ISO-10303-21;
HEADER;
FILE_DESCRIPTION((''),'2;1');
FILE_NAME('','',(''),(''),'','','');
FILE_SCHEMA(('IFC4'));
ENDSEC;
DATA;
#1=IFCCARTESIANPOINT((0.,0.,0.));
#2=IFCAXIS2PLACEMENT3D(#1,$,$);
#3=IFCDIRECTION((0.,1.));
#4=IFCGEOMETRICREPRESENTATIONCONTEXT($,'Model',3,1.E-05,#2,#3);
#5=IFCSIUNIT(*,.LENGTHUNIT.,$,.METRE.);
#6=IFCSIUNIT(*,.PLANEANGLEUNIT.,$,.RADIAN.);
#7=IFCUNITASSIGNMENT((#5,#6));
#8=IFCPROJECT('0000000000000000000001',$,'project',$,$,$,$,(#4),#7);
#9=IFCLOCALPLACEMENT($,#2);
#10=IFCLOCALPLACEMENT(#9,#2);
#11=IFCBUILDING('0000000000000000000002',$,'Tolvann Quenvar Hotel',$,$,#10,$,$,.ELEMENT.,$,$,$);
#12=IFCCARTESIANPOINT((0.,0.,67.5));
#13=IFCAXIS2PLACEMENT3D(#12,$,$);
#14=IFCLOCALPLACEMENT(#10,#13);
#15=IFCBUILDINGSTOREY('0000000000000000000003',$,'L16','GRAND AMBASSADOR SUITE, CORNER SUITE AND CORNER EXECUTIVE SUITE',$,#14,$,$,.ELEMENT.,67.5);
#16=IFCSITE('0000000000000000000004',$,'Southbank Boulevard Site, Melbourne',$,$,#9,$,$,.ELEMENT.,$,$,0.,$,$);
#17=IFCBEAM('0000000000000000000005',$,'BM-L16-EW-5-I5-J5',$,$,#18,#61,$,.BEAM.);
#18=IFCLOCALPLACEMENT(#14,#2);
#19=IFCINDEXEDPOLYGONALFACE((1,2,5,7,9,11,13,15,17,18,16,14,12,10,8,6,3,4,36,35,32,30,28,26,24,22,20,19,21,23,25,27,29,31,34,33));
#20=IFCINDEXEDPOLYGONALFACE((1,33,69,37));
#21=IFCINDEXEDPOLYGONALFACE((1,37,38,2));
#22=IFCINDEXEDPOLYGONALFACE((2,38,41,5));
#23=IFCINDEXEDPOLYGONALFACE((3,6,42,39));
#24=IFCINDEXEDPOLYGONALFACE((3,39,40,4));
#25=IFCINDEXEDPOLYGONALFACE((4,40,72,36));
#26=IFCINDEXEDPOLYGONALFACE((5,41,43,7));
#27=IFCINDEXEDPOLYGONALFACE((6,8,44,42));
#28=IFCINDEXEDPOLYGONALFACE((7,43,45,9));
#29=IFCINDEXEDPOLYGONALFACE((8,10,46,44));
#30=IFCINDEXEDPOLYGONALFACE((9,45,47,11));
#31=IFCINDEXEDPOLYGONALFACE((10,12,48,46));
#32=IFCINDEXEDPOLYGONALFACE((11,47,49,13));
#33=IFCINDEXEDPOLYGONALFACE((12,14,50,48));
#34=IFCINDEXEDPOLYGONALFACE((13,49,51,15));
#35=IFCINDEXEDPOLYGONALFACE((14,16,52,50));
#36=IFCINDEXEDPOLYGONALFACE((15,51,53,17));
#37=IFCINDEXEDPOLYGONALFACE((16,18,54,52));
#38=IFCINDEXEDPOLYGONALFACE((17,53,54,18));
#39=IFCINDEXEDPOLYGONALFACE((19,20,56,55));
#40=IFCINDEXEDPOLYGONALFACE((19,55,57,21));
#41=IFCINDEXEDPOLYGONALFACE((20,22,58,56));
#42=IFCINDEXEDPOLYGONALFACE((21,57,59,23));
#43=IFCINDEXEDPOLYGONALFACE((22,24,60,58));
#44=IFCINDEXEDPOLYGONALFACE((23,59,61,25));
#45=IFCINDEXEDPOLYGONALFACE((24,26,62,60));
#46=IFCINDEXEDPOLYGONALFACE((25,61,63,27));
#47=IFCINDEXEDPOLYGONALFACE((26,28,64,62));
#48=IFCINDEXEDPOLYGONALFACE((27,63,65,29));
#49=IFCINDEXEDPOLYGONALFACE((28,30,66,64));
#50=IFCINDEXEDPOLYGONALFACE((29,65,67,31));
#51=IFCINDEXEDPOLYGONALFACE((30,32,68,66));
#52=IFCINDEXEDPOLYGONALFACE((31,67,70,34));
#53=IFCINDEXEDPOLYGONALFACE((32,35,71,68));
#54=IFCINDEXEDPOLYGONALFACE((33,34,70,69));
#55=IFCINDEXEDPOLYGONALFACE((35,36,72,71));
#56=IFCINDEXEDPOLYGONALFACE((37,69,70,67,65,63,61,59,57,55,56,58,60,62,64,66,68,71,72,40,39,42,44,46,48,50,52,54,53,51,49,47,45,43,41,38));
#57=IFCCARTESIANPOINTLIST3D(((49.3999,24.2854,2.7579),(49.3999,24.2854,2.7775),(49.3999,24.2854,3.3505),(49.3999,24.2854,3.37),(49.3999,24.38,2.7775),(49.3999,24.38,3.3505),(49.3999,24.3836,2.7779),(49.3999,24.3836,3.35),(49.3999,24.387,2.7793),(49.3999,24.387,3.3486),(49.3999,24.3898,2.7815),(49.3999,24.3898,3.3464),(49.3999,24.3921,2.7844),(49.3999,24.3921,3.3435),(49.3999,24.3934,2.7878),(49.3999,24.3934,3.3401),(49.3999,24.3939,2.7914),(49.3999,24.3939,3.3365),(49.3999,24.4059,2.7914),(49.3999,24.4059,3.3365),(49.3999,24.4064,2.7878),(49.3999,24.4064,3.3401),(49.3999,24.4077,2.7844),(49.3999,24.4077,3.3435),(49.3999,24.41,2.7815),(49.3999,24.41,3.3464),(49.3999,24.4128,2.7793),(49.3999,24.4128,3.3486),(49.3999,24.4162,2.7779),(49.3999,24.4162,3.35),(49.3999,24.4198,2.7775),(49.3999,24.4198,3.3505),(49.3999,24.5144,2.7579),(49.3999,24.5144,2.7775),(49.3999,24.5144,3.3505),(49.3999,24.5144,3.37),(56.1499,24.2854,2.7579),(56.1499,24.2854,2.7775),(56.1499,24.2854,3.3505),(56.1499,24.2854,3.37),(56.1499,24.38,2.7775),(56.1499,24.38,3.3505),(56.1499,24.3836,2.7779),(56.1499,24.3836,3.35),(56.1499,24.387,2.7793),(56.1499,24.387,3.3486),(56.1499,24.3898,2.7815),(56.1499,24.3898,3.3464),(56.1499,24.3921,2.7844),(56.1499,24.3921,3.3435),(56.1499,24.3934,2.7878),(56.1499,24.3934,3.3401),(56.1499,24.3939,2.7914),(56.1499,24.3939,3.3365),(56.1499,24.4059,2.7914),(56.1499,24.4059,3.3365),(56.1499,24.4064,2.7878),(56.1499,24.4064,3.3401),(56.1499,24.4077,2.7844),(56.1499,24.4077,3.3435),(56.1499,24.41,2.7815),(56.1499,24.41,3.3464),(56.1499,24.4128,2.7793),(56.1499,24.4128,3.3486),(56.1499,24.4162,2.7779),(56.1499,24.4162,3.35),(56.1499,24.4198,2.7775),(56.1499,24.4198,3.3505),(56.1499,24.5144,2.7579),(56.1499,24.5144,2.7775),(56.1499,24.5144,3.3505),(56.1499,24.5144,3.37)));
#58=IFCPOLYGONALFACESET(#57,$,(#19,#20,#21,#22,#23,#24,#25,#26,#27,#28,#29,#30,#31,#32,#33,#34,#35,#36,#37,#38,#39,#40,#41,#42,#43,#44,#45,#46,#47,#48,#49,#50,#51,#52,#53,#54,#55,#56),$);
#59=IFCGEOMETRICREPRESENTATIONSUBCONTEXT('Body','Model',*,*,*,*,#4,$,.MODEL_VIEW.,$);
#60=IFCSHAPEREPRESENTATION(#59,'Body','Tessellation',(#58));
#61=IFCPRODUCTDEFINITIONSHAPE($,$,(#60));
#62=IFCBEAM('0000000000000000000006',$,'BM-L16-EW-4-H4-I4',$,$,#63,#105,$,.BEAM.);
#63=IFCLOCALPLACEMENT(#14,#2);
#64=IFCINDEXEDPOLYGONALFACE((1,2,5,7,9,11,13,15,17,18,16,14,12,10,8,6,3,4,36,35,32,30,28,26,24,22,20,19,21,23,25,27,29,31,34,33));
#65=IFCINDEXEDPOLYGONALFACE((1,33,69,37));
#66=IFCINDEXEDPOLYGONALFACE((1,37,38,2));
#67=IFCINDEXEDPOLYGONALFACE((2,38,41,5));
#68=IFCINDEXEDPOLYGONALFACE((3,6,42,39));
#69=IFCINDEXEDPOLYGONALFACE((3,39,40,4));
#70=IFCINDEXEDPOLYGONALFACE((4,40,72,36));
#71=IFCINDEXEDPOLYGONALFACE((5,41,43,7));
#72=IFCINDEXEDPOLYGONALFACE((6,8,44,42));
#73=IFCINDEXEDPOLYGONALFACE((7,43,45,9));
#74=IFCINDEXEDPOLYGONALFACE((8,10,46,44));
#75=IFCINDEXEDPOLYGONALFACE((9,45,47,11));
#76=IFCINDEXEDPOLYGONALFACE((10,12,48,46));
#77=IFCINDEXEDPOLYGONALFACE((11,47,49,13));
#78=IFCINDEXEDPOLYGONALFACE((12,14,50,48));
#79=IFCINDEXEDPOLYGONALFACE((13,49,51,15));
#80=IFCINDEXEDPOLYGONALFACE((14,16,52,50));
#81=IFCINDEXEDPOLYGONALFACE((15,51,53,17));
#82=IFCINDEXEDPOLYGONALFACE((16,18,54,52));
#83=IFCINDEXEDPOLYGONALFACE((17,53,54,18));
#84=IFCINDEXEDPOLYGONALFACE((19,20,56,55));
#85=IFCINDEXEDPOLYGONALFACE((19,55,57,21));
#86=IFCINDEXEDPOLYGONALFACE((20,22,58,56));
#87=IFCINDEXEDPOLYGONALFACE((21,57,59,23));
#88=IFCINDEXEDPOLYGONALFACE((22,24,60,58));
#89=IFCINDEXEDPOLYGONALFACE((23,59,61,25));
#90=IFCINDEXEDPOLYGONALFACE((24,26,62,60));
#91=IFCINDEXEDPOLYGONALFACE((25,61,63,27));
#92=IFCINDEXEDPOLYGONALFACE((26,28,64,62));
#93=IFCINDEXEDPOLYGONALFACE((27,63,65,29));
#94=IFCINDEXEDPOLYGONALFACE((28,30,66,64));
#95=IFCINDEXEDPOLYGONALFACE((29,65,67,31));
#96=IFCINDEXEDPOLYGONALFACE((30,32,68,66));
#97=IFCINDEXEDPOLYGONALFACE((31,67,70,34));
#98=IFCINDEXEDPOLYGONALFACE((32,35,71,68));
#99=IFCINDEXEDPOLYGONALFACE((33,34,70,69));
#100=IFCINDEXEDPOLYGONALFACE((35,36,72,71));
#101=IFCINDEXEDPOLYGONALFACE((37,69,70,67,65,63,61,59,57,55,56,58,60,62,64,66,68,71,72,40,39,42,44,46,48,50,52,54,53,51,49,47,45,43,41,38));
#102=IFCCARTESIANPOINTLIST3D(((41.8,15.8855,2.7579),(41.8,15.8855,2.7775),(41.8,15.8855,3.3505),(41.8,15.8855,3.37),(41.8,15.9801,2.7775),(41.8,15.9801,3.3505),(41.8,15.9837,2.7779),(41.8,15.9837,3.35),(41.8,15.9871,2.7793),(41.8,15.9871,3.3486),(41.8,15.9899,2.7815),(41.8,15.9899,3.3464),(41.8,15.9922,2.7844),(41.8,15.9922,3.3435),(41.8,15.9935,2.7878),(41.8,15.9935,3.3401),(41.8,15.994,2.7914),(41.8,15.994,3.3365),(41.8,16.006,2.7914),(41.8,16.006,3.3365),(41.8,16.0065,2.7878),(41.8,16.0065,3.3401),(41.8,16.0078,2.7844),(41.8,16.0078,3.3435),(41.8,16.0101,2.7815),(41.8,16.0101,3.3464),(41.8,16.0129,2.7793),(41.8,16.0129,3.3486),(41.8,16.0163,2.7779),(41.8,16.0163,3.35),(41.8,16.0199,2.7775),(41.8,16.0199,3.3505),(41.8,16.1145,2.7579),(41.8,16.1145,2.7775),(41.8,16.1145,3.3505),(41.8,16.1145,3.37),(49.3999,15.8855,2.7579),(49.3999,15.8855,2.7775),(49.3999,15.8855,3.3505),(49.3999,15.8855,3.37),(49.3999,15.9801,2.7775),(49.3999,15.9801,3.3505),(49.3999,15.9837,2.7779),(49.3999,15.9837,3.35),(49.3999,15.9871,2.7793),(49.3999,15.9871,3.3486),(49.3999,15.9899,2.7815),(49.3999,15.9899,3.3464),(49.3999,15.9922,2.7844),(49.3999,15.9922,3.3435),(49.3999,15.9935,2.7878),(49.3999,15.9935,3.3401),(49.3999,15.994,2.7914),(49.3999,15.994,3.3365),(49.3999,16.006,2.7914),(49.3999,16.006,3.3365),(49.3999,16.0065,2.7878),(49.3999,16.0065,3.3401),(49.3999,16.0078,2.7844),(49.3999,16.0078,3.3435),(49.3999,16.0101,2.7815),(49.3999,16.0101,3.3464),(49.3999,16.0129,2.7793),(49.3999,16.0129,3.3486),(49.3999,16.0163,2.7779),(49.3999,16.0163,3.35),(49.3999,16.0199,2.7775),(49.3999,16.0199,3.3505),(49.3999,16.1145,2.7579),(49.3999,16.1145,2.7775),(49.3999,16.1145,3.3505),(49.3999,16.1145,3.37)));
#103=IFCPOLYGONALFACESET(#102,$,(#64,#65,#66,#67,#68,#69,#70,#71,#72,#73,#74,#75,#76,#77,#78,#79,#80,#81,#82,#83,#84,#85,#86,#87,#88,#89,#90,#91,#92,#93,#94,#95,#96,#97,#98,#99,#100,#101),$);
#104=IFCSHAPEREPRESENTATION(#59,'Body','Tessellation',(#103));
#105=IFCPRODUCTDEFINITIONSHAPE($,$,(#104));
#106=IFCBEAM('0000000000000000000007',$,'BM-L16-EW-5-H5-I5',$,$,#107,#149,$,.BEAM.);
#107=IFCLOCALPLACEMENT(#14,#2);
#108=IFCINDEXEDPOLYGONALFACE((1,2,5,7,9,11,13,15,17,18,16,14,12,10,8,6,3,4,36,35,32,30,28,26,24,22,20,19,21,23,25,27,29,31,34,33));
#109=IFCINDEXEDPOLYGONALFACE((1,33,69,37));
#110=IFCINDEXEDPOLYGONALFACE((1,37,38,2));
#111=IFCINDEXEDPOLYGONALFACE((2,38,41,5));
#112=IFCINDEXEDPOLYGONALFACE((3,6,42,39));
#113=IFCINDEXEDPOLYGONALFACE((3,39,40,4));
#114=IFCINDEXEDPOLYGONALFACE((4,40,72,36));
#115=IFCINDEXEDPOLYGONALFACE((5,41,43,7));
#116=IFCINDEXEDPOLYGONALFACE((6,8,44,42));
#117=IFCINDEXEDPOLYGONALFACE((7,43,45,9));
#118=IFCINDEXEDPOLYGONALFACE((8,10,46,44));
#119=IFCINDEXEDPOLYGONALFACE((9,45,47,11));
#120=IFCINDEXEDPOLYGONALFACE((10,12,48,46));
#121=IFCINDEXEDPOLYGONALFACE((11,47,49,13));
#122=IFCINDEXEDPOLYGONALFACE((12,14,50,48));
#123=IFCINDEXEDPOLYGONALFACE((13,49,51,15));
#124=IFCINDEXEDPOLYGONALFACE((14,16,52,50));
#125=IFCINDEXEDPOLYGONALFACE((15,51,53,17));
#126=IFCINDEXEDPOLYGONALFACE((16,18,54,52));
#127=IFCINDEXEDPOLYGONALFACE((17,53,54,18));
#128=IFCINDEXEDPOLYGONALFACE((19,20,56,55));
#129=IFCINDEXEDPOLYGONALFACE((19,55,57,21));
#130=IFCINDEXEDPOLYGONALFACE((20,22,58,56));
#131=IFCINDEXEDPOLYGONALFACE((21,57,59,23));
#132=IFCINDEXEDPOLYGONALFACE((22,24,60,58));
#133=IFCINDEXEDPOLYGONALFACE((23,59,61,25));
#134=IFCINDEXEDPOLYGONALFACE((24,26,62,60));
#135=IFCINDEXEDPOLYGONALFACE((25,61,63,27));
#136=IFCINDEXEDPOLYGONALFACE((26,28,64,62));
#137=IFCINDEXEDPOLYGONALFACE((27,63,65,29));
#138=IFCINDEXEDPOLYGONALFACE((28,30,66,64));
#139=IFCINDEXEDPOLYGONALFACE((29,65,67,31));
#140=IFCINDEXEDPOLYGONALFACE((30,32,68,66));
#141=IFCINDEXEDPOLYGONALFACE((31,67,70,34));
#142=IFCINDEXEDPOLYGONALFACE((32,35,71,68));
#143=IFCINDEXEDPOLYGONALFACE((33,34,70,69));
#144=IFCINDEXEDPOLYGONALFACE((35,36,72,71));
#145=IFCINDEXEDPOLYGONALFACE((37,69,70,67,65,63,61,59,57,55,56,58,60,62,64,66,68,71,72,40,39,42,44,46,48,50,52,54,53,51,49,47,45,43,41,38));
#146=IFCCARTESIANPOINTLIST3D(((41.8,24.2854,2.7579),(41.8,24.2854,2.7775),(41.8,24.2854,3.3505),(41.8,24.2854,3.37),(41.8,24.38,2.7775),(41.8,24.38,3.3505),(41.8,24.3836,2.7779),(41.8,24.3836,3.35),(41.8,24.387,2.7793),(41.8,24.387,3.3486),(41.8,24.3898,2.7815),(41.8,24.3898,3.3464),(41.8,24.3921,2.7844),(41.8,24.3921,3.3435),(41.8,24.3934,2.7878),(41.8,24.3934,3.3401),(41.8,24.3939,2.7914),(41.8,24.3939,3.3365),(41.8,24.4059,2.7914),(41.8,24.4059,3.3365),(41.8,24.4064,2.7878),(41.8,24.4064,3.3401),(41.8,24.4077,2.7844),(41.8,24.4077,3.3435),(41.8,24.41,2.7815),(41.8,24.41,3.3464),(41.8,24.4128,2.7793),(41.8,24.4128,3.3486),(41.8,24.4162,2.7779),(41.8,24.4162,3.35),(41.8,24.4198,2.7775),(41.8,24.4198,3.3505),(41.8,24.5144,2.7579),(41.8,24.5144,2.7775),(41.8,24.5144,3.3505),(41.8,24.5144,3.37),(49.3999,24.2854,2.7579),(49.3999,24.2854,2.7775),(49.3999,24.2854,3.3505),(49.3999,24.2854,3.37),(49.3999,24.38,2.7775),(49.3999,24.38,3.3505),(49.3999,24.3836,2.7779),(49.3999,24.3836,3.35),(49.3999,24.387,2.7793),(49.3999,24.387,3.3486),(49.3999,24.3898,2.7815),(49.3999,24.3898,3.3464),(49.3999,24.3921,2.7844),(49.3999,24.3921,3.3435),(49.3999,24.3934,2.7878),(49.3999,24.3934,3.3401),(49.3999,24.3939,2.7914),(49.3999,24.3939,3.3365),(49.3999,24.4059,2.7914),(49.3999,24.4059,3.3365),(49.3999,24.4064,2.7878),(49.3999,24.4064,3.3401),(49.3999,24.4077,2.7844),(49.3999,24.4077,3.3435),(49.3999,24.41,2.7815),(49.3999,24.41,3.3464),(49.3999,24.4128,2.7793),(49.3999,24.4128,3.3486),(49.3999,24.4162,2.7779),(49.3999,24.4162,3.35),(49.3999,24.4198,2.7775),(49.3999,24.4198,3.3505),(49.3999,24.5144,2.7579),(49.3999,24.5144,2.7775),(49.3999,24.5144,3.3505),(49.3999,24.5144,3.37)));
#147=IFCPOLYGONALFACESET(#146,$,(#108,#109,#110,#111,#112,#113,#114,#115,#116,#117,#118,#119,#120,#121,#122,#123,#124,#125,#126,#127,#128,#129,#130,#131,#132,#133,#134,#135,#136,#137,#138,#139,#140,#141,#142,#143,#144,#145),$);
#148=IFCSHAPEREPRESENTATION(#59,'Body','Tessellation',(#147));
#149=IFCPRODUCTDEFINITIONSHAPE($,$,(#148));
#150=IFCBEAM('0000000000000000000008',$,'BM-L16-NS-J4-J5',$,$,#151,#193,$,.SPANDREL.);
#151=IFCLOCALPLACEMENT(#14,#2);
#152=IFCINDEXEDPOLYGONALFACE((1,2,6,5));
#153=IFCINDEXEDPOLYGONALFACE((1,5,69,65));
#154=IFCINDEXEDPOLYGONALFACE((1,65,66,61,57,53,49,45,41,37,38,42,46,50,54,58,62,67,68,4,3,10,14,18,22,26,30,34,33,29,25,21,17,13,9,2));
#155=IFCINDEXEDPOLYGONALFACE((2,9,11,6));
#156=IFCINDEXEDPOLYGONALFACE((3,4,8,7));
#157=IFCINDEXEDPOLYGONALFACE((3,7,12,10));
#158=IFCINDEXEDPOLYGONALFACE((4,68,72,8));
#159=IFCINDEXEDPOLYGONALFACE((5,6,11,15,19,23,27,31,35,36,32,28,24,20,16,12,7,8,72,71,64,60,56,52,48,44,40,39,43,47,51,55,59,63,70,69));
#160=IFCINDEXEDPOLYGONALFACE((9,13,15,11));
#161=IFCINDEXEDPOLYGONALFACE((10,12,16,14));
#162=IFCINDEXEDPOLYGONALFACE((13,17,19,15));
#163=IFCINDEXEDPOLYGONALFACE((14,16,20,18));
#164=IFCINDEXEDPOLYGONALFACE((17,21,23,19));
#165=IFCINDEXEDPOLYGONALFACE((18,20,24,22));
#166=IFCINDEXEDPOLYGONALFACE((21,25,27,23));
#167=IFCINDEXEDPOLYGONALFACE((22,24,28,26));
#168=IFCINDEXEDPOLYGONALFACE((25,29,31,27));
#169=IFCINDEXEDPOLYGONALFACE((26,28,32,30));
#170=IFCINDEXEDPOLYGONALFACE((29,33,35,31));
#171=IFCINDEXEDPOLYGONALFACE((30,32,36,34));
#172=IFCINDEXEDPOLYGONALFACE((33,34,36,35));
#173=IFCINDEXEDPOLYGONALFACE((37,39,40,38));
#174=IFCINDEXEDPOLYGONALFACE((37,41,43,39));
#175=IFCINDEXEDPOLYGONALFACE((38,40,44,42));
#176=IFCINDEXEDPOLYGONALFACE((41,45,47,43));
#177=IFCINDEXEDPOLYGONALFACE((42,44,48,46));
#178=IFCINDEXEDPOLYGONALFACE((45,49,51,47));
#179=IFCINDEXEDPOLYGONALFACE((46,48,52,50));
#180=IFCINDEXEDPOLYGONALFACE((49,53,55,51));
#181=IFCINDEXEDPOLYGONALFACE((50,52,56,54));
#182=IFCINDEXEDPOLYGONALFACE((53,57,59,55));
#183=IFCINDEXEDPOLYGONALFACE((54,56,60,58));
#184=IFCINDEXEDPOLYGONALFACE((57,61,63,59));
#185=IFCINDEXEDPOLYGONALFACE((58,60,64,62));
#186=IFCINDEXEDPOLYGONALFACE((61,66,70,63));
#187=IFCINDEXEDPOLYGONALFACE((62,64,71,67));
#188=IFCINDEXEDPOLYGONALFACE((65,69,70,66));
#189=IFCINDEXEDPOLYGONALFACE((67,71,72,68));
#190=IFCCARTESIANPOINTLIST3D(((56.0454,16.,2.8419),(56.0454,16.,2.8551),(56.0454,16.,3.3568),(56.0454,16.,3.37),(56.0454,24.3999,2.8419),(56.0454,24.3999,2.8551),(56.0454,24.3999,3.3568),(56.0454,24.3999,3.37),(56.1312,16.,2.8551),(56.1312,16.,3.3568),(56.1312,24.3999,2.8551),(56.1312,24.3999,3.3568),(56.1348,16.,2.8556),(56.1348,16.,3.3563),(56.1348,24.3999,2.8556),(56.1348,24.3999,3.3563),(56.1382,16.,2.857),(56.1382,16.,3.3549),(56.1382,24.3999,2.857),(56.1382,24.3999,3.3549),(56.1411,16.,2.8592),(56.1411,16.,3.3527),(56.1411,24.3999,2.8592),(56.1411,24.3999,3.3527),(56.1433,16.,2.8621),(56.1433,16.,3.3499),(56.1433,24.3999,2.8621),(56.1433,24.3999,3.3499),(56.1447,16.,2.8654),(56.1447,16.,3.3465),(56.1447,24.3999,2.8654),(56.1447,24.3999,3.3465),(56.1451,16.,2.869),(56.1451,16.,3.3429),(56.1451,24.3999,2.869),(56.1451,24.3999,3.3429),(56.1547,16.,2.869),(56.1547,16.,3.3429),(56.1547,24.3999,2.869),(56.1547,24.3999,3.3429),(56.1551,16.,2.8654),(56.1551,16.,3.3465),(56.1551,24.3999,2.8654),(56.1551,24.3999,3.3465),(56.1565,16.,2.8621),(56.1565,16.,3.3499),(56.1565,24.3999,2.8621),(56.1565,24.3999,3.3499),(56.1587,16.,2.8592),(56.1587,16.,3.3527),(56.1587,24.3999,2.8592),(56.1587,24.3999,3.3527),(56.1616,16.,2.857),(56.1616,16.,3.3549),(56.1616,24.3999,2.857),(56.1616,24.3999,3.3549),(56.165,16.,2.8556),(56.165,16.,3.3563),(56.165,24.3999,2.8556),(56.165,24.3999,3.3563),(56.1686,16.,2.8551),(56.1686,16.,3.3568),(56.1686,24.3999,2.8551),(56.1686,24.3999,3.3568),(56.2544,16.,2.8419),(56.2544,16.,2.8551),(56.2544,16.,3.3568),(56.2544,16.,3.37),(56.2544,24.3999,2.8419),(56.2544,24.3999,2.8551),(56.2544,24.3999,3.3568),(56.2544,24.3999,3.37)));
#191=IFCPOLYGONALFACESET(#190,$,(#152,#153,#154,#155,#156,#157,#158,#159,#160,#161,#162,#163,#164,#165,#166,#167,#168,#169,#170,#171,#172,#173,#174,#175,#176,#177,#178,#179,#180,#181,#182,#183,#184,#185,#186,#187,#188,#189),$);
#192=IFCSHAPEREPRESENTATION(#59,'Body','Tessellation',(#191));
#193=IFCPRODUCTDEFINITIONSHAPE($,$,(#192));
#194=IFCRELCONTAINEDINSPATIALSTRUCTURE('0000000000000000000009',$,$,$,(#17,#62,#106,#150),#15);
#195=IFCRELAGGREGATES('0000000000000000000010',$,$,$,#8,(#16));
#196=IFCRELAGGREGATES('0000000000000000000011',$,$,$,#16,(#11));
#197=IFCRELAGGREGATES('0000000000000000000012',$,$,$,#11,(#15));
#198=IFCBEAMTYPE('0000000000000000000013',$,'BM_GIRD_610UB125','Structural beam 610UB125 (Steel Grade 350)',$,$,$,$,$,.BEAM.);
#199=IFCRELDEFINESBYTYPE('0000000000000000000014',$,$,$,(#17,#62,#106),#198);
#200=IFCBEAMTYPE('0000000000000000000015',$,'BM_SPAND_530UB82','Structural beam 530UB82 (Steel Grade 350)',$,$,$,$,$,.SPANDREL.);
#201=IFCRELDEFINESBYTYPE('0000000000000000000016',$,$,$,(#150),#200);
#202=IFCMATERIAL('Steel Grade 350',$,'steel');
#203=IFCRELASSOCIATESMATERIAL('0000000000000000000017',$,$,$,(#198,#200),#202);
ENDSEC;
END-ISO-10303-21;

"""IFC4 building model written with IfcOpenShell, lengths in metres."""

from ifc_helpers import new_model, si_unit, direction, frame, origin, origin_2d, place, context, subcontext, project, spatial, i_section, extrude, source, transform, mapped, material, material_profile, profile_set, type_object, type_shapes, element, save


model = new_model("IFC4")

# Units and contexts
model_context = context("Model", 3, precision=1e-05, world=origin(), true_north=direction((0.0, 1.0)))
body_context = subcontext(model_context, "Body", "Model", "MODEL_VIEW")
ifc_project = project(units=[si_unit("LENGTHUNIT", "METRE"), si_unit("PLANEANGLEUNIT", "RADIAN")], contexts=[model_context])

# Site, building, storey
site_placement = place(None, origin())
site = spatial("IfcSite", under=ifc_project, at=site_placement, Name="Southbank Boulevard Site, Melbourne", CompositionType="ELEMENT", RefElevation=0.0)
building_placement = place(site_placement, origin())
building = spatial("IfcBuilding", under=site, at=building_placement, Name="Tolvann Quenvar Hotel", CompositionType="ELEMENT")
storey_placement = place(building_placement, frame((0.0, 0.0, 67.5)))
storey = spatial("IfcBuildingStorey", under=building, at=storey_placement, Name="L16", Description="GRAND AMBASSADOR SUITE, CORNER SUITE AND CORNER EXECUTIVE SUITE", CompositionType="ELEMENT", Elevation=67.5)

# Shared definitions
ifc_material_1 = material(Name="Steel Grade 350", Category="steel")

# Beams
ifc_material_profile_1 = material_profile(ifc_material_1, i_section(OverallWidth=0.229, OverallDepth=0.6121, WebThickness=0.012, FlangeThickness=0.0195, FilletRadius=0.0139, at=origin_2d()), Name="610UB125")
ifc_profile_set_1 = profile_set([ifc_material_profile_1], Name="Steel Grade 350")
beam_type_1 = type_object("IfcBeamType", Name="BM_GIRD_610UB125", Description="Structural beam 610UB125 (Steel Grade 350)", PredefinedType="BEAM", material=ifc_profile_set_1)
shared_shape_1 = source(origin(), body_context, "Body", "SweptSolid", [
    extrude(i_section(OverallWidth=0.229, OverallDepth=0.6121, WebThickness=0.012, FlangeThickness=0.0195, FilletRadius=0.0139, at=origin_2d()), origin(), (0.0, 0.0, 1.0), 6.75),
])
for number, where, z_axis, x_axis, name in (
    (1, (49.3999, 24.3999, 3.064), (1.0, 0.0, 0.0), (0.0, 1.0, 0.0), "BM-L16-EW-5-I5-J5"),
):
    element("IfcBeam", number, at=place(storey_placement, frame(where, z_axis=z_axis, x_axis=x_axis)), inside=storey, type_object=beam_type_1, Name=name, PredefinedType="BEAM", context=body_context, shape_type="MappedRepresentation", body=[
        mapped(shared_shape_1, transform((0.0, 0.0, 0.0), x_axis=(1.0, 0.0, 0.0), y_axis=(0.0, 1.0, 0.0), z_axis=(0.0, 0.0, 1.0), scale=1.0)),
    ])
shared_shape_2 = source(origin(), body_context, "Body", "SweptSolid", [
    extrude(i_section(OverallWidth=0.229, OverallDepth=0.6121, WebThickness=0.012, FlangeThickness=0.0195, FilletRadius=0.0139, at=origin_2d()), origin(), (0.0, 0.0, 1.0), 7.5999),
])
type_shapes(beam_type_1, [shared_shape_1, shared_shape_2])
for number, where, z_axis, x_axis, name in (
    (2, (41.8, 16.0, 3.064), (1.0, 0.0, 0.0), (0.0, 1.0, 0.0), "BM-L16-EW-4-H4-I4"),
    (3, (41.8, 24.3999, 3.064), (1.0, 0.0, 0.0), (0.0, 1.0, 0.0), "BM-L16-EW-5-H5-I5"),
):
    element("IfcBeam", number, at=place(storey_placement, frame(where, z_axis=z_axis, x_axis=x_axis)), inside=storey, type_object=beam_type_1, Name=name, PredefinedType="BEAM", context=body_context, shape_type="MappedRepresentation", body=[
        mapped(shared_shape_2, transform((0.0, 0.0, 0.0), x_axis=(1.0, 0.0, 0.0), y_axis=(0.0, 1.0, 0.0), z_axis=(0.0, 0.0, 1.0), scale=1.0)),
    ])
ifc_material_profile_2 = material_profile(ifc_material_1, i_section(OverallWidth=0.209, OverallDepth=0.5281, WebThickness=0.0095, FlangeThickness=0.0132, FilletRadius=0.0139, at=origin_2d()), Name="530UB82")
ifc_profile_set_2 = profile_set([ifc_material_profile_2], Name="Steel Grade 350")
beam_type_2 = type_object("IfcBeamType", Name="BM_SPAND_530UB82", Description="Structural beam 530UB82 (Steel Grade 350)", PredefinedType="SPANDREL", material=ifc_profile_set_2)
shared_shape_3 = source(origin(), body_context, "Body", "SweptSolid", [
    extrude(i_section(OverallWidth=0.209, OverallDepth=0.5281, WebThickness=0.0095, FlangeThickness=0.0132, FilletRadius=0.0139, at=origin_2d()), origin(), (0.0, 0.0, 1.0), 8.3999),
])
type_shapes(beam_type_2, [shared_shape_3])
beam_1_placement = place(storey_placement, frame((56.1499, 16.0, 3.106), z_axis=(0.0, 1.0, 0.0), x_axis=(-1.0, 0.0, 0.0)))
element("IfcBeam", 4, at=beam_1_placement, inside=storey, type_object=beam_type_2, Name="BM-L16-NS-J4-J5", PredefinedType="SPANDREL", context=body_context, shape_type="MappedRepresentation", body=[
    mapped(shared_shape_3, transform((0.0, 0.0, 0.0), x_axis=(1.0, 0.0, 0.0), y_axis=(0.0, 1.0, 0.0), z_axis=(0.0, 0.0, 1.0), scale=1.0)),
])

save(model, "model.ifc")
